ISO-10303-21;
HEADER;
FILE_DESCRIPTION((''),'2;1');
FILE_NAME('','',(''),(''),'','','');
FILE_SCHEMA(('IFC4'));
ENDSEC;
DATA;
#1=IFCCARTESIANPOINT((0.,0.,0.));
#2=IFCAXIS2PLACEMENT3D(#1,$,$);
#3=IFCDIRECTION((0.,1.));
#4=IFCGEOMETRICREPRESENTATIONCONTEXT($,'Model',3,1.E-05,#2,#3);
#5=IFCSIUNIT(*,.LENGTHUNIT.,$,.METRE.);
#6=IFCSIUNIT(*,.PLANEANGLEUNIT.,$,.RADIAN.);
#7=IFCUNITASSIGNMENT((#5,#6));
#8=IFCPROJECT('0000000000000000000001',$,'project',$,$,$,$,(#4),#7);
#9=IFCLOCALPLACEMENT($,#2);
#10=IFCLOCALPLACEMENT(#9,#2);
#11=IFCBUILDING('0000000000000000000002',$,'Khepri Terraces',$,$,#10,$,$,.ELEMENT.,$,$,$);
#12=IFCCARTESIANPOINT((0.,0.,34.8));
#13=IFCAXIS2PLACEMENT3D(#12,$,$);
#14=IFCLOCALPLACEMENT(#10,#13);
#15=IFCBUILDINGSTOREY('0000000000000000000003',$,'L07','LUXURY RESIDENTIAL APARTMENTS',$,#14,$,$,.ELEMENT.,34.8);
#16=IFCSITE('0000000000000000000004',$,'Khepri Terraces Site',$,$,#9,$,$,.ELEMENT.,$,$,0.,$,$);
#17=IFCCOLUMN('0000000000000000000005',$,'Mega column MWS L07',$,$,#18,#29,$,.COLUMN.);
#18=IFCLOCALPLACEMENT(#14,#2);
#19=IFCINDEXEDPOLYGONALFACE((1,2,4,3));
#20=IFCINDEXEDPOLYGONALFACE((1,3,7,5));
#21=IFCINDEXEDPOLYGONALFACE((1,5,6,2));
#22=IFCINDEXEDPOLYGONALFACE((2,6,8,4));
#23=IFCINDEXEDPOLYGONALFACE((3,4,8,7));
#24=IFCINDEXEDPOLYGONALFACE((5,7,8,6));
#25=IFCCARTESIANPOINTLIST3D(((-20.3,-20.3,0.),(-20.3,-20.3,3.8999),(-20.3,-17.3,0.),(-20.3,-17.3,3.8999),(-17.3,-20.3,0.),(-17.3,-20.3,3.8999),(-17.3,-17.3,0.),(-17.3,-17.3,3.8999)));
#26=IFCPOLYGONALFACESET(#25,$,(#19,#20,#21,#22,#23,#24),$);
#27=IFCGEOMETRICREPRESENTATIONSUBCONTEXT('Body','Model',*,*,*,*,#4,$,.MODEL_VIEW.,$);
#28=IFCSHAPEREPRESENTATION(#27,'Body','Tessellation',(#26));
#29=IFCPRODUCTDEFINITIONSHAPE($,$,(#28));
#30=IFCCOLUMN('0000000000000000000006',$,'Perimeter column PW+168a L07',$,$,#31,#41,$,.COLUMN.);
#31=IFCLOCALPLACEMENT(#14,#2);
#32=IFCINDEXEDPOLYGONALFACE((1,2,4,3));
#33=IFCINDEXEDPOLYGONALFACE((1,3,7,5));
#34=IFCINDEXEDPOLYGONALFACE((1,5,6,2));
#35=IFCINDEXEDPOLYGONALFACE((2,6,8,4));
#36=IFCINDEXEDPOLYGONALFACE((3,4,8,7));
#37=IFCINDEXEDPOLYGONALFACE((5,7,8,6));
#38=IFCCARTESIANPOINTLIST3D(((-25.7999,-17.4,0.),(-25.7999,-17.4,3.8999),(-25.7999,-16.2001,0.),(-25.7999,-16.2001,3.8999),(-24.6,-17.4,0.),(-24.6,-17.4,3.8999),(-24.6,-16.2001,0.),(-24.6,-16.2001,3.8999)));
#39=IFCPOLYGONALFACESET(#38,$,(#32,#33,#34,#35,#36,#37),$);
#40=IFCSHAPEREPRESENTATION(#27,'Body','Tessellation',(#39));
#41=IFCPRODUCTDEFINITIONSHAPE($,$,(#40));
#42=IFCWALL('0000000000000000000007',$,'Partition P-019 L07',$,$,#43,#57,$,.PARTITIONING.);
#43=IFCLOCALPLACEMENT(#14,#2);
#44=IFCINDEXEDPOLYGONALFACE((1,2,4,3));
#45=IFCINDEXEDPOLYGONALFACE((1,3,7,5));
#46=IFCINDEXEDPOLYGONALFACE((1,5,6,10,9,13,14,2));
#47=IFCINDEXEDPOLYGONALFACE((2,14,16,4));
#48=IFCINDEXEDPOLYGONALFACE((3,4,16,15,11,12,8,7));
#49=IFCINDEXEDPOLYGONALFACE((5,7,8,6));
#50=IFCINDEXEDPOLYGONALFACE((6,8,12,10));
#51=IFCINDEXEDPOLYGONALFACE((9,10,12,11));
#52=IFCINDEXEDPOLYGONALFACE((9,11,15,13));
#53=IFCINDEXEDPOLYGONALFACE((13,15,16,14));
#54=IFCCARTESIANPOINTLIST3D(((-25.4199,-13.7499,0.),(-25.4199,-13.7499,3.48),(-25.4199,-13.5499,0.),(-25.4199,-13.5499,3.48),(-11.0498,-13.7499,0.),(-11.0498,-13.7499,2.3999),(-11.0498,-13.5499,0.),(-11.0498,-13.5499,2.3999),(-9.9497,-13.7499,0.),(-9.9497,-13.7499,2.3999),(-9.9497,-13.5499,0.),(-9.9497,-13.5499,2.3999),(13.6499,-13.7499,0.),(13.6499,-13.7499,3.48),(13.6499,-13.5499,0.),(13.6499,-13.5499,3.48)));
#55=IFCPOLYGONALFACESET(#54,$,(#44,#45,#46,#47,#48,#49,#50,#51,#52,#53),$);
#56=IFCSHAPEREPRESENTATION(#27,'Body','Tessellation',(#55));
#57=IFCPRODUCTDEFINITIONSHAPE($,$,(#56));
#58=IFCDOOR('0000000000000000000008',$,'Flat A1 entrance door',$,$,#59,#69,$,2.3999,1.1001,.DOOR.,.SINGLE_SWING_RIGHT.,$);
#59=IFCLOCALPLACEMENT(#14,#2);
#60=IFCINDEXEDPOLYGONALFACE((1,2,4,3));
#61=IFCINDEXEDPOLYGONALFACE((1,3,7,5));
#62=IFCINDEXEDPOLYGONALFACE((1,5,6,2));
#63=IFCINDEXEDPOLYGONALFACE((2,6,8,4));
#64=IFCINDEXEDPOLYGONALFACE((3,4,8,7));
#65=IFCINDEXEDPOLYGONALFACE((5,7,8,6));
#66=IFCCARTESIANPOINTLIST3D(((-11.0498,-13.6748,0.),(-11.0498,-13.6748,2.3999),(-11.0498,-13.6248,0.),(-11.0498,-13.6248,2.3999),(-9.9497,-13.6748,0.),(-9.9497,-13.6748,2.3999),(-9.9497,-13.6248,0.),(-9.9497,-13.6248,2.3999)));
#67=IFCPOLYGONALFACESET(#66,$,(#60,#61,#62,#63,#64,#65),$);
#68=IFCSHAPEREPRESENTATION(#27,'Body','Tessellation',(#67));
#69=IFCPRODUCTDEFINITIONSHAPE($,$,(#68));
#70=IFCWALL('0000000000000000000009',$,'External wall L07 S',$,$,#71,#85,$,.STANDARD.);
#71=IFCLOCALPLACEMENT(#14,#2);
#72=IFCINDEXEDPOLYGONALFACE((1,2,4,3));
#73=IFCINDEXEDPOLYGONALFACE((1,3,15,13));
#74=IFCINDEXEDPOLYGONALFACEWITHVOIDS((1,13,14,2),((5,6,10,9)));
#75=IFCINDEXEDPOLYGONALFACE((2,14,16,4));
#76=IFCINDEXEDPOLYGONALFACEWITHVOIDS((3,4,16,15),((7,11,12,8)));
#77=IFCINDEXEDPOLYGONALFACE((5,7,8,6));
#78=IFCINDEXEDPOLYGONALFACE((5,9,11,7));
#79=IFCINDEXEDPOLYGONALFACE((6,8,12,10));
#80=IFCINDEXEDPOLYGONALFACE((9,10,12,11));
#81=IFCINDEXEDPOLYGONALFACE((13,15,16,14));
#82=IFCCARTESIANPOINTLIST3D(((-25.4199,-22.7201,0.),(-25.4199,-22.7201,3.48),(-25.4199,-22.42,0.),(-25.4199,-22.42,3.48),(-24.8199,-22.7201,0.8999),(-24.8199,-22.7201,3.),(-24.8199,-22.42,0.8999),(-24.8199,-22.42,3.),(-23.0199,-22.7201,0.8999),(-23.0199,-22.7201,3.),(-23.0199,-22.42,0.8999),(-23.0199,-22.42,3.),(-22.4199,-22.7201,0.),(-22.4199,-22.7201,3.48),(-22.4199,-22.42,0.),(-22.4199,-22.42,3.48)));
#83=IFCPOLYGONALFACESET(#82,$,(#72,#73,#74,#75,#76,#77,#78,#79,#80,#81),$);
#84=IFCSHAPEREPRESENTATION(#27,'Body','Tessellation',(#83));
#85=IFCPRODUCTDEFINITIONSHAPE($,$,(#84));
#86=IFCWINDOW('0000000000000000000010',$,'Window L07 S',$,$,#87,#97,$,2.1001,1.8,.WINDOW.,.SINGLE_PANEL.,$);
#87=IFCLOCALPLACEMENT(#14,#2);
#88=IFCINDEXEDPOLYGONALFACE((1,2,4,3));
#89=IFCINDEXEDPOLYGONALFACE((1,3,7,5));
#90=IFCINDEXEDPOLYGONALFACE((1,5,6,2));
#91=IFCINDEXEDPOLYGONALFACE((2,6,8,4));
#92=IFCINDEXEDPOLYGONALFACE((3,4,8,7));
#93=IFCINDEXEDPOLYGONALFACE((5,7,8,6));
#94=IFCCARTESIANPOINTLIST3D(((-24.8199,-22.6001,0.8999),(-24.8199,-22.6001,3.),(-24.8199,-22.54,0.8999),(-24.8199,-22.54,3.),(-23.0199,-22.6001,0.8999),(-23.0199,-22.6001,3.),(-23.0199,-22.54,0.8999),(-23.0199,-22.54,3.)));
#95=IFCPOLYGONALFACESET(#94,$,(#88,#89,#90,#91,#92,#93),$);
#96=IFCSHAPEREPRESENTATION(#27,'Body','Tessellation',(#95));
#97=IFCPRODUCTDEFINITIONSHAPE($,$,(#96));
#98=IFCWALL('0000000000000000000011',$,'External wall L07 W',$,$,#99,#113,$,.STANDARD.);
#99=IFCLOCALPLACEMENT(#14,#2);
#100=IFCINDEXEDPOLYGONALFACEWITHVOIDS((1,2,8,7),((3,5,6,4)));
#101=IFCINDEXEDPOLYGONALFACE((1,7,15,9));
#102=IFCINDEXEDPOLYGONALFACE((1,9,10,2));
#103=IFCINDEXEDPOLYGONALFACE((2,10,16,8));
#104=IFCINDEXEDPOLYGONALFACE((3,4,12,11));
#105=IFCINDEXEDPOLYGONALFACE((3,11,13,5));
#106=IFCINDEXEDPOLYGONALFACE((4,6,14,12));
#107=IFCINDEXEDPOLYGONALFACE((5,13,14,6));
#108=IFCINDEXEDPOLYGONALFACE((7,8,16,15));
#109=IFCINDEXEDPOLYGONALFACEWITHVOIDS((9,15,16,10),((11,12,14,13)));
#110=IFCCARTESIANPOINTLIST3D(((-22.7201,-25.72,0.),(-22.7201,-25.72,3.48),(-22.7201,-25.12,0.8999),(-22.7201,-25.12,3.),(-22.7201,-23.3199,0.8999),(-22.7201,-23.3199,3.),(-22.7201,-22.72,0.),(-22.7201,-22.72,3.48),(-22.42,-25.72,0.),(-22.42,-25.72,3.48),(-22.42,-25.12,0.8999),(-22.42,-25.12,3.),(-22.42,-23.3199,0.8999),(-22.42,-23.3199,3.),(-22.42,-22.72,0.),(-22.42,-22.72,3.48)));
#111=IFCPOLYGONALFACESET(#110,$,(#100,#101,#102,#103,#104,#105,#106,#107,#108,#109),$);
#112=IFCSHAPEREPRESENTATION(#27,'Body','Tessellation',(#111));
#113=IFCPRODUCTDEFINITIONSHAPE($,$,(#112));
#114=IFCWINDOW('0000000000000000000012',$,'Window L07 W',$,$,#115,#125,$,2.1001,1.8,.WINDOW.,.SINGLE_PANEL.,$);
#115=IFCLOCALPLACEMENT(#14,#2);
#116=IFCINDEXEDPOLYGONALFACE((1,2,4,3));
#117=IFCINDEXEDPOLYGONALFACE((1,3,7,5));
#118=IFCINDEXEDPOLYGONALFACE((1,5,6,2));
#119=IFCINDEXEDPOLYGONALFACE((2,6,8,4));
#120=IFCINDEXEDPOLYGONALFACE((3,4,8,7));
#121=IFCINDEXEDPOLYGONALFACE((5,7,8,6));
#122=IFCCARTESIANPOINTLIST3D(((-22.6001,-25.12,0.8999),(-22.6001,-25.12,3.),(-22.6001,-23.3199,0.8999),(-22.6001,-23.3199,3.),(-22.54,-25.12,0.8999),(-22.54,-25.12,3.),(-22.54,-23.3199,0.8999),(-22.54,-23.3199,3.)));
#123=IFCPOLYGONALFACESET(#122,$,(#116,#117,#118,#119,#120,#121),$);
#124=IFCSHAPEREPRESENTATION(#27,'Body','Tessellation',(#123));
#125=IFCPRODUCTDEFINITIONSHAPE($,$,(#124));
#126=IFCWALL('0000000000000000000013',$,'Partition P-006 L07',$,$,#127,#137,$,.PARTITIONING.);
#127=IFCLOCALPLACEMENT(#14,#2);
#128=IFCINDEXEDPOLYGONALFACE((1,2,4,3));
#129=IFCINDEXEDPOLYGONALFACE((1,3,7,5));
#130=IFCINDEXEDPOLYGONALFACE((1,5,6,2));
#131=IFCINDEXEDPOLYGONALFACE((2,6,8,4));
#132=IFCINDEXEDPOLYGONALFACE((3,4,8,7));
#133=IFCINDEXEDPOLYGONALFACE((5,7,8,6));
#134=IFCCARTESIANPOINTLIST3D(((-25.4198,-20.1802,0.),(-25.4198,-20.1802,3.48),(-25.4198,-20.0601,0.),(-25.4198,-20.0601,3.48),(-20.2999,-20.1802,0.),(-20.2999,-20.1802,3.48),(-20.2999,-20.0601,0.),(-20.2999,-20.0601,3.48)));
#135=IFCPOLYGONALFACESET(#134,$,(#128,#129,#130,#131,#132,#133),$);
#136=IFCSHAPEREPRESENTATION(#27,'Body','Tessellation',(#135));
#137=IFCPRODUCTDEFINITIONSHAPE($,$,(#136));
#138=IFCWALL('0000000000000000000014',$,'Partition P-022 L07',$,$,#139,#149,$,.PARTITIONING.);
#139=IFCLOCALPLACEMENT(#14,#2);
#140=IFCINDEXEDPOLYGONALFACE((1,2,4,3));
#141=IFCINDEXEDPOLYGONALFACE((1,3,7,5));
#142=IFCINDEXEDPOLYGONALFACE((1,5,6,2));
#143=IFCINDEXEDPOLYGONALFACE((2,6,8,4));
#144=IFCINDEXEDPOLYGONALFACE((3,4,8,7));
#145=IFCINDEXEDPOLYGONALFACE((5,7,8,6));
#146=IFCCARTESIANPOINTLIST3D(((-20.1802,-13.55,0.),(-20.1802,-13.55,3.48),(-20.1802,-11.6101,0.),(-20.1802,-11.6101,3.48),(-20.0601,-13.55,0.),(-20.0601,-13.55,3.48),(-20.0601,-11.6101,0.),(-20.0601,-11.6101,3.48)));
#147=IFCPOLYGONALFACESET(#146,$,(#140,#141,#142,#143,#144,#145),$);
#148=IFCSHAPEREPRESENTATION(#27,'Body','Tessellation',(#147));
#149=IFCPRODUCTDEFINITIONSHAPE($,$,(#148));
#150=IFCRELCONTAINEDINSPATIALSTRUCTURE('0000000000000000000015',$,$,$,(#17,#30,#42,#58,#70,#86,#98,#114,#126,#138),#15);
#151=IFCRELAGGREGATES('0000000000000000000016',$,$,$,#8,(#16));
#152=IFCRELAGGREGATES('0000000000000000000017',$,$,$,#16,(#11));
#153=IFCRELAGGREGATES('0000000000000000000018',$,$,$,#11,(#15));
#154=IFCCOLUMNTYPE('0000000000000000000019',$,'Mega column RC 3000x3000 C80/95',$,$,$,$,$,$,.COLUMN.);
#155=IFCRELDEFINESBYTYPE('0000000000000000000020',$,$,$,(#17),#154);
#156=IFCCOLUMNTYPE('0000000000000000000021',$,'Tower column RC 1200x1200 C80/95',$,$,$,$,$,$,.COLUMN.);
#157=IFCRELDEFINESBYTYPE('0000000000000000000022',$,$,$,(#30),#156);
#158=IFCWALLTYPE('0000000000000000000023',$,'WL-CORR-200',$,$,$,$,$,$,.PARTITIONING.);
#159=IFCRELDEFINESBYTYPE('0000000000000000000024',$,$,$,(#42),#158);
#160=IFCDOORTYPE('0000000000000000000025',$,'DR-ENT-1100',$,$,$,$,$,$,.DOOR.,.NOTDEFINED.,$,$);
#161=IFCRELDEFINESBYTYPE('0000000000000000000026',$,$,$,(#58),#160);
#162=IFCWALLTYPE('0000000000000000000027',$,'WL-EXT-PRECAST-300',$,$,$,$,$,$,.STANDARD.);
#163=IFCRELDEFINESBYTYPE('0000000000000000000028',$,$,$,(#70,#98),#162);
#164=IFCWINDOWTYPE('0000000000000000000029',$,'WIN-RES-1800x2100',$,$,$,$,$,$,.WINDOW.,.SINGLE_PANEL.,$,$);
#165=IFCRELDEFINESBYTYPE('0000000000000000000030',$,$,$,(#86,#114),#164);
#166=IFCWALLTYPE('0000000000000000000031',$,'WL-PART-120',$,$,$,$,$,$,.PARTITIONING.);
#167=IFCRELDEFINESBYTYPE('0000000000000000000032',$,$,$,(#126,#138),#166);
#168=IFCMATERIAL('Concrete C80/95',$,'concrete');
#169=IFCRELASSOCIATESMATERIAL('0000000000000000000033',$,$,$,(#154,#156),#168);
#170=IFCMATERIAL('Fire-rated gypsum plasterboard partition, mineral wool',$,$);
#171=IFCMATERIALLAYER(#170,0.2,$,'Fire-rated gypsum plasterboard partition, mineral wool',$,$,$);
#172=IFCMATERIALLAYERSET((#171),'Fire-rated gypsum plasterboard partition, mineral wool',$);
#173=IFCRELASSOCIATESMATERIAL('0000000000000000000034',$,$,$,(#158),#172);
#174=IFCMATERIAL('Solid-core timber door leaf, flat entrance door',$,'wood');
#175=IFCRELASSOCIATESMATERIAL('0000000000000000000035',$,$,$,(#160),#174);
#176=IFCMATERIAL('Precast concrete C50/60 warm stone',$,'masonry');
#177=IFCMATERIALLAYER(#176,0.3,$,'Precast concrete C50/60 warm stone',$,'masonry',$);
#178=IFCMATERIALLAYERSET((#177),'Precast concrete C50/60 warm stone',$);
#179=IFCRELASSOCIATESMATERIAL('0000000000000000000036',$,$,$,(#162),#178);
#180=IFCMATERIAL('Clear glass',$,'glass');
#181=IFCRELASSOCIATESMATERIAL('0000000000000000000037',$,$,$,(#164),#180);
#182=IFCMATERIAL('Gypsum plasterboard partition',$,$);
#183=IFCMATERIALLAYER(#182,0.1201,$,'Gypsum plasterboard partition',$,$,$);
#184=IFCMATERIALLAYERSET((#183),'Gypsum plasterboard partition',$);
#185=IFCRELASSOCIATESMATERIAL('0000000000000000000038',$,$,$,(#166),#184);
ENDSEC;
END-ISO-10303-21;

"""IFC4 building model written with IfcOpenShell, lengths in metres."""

from ifc_helpers import new_model, si_unit, direction, frame, frame_2d, origin, origin_2d, place, context, subcontext, project, spatial, rectangle, extrude, material, layer, layer_set, material_profile, profile_set, type_object, element, fill, save


model = new_model("IFC4")

# Units and contexts
model_context = context("Model", 3, precision=1e-05, world=origin(), true_north=direction((0.0, 1.0)))
body_context = subcontext(model_context, "Body", "Model", "MODEL_VIEW")
ifc_project = project(units=[si_unit("LENGTHUNIT", "METRE"), si_unit("PLANEANGLEUNIT", "RADIAN")], contexts=[model_context])

# Site, building, storey
site_placement = place(None, origin())
site = spatial("IfcSite", under=ifc_project, at=site_placement, Name="Khepri Terraces Site", CompositionType="ELEMENT", RefElevation=0.0)
building_placement = place(site_placement, origin())
building = spatial("IfcBuilding", under=site, at=building_placement, Name="Khepri Terraces", CompositionType="ELEMENT")
storey_placement = place(building_placement, frame((0.0, 0.0, 34.8)))
storey = spatial("IfcBuildingStorey", under=building, at=storey_placement, Name="L07", Description="LUXURY RESIDENTIAL APARTMENTS", CompositionType="ELEMENT", Elevation=34.8)

# Columns
ifc_material_1 = material(Name="Concrete C80/95", Category="concrete")
ifc_material_profile_1 = material_profile(ifc_material_1, rectangle(XDim=3.0, YDim=3.0, at=origin_2d()), Name="Concrete C80/95", Category="concrete")
ifc_profile_set_1 = profile_set([ifc_material_profile_1], Name="Concrete C80/95")
column_type_1 = type_object("IfcColumnType", Name="Mega column RC 3000x3000 C80/95", PredefinedType="COLUMN", material=ifc_profile_set_1)
column_1_placement = place(storey_placement, frame((-18.8, -18.8, 0.0), z_axis=(0.0, 0.0, 1.0), x_axis=(1.0, 0.0, 0.0)))
element("IfcColumn", 1, at=column_1_placement, inside=storey, type_object=column_type_1, Name="Mega column MWS L07", PredefinedType="COLUMN", context=body_context, shape_type="SweptSolid", body=[
    extrude(rectangle(XDim=3.0, YDim=3.0, at=origin_2d()), origin(), (0.0, 0.0, 1.0), 3.8999),
])
ifc_material_profile_2 = material_profile(ifc_material_1, rectangle(XDim=1.2, YDim=1.2, at=origin_2d()), Name="Concrete C80/95", Category="concrete")
ifc_profile_set_2 = profile_set([ifc_material_profile_2], Name="Concrete C80/95")
column_type_2 = type_object("IfcColumnType", Name="Tower column RC 1200x1200 C80/95", PredefinedType="COLUMN", material=ifc_profile_set_2)
column_2_placement = place(storey_placement, frame((-25.2, -16.8, 0.0), z_axis=(0.0, 0.0, 1.0), x_axis=(1.0, 0.0, 0.0)))
element("IfcColumn", 2, at=column_2_placement, inside=storey, type_object=column_type_2, Name="Perimeter column PW+168a L07", PredefinedType="COLUMN", context=body_context, shape_type="SweptSolid", body=[
    extrude(rectangle(XDim=1.2, YDim=1.2, at=origin_2d()), origin(), (0.0, 0.0, 1.0), 3.8999),
])

# Wall, opening, door
ifc_material_2 = material(Name="Fire-rated gypsum plasterboard partition, mineral wool")
ifc_layer_1 = layer(ifc_material_2, 0.2, Name="Fire-rated gypsum plasterboard partition, mineral wool")
ifc_layer_set_1 = layer_set([ifc_layer_1], Name="Fire-rated gypsum plasterboard partition, mineral wool")
wall_type_1 = type_object("IfcWallType", Name="WL-CORR-200", PredefinedType="PARTITIONING", material=ifc_layer_set_1)
wall_1_placement = place(storey_placement, frame((-25.4199, -13.6499, 0.0), z_axis=(0.0, 0.0, 1.0), x_axis=(1.0, 0.0, 0.0)))
wall_1 = element("IfcWall", 3, at=wall_1_placement, inside=storey, type_object=wall_type_1, Name="Partition P-019 L07", PredefinedType="PARTITIONING", context=body_context, shape_type="SweptSolid", body=[
    extrude(rectangle(XDim=39.0698, YDim=0.2, at=frame_2d((19.5349, 0.0))), origin(), (0.0, 0.0, 1.0), 3.48),
])
opening_1_placement = place(wall_1_placement, frame((14.3701, 0.0, 0.0)))
opening_1 = element("IfcOpeningElement", 4, at=opening_1_placement, cuts=wall_1, PredefinedType="OPENING", context=body_context, shape_type="SweptSolid", body=[
    extrude(rectangle(XDim=1.1001, YDim=2.3999, at=frame_2d((0.55, 1.2))), frame((0.0, 0.1099, 0.0), z_axis=(0.0, -1.0, 0.0), x_axis=(1.0, 0.0, 0.0)), (0.0, 0.0, 1.0), 0.22),
])
ifc_material_3 = material(Name="Solid-core timber door leaf, flat entrance door", Category="wood")
door_type_1 = type_object("IfcDoorType", Name="DR-ENT-1100", OperationType="NOTDEFINED", PredefinedType="DOOR", material=ifc_material_3)
door_1_placement = place(opening_1_placement, frame((1.1001, 0.0, 0.0), z_axis=(0.0, 0.0, 1.0), x_axis=(-1.0, 0.0, 0.0)))
door_1 = element("IfcDoor", 5, at=door_1_placement, inside=storey, type_object=door_type_1, Name="Flat A1 entrance door", OperationType="SINGLE_SWING_RIGHT", OverallHeight=2.3999, OverallWidth=1.1001, PredefinedType="DOOR", context=body_context, shape_type="SweptSolid", body=[
    extrude(rectangle(XDim=1.1001, YDim=2.3999, at=frame_2d((0.55, 1.2))), frame((0.0, 0.0249, 0.0), z_axis=(0.0, -1.0, 0.0), x_axis=(1.0, 0.0, 0.0)), (0.0, 0.0, 1.0), 0.05),
])
fill(opening_1, door_1)

# Shared definitions
ifc_material_4 = material(Name="Precast concrete C50/60 warm stone", Category="masonry")
ifc_layer_2 = layer(ifc_material_4, 0.3, Name="Precast concrete C50/60 warm stone", Category="masonry")
ifc_layer_set_2 = layer_set([ifc_layer_2], Name="Precast concrete C50/60 warm stone")
wall_type_2 = type_object("IfcWallType", Name="WL-EXT-PRECAST-300", PredefinedType="STANDARD", material=ifc_layer_set_2)
ifc_material_5 = material(Name="Clear glass", Category="glass")
window_type = type_object("IfcWindowType", Name="WIN-RES-1800x2100", PartitioningType="SINGLE_PANEL", PredefinedType="WINDOW", material=ifc_material_5)

# Walls, openings, windows
wall_2_placement = place(storey_placement, frame((-25.4199, -22.5701, 0.0), z_axis=(0.0, 0.0, 1.0), x_axis=(1.0, 0.0, 0.0)))
wall_2 = element("IfcWall", 6, at=wall_2_placement, inside=storey, type_object=wall_type_2, Name="External wall L07 S", PredefinedType="STANDARD", context=body_context, shape_type="SweptSolid", body=[
    extrude(rectangle(XDim=3.0, YDim=0.3, at=frame_2d((1.5, 0.0))), origin(), (0.0, 0.0, 1.0), 3.48),
])
opening_2_placement = place(wall_2_placement, frame((0.6001, 0.0, 0.8999)))
opening_2 = element("IfcOpeningElement", 7, at=opening_2_placement, cuts=wall_2, PredefinedType="OPENING", context=body_context, shape_type="SweptSolid", body=[
    extrude(rectangle(XDim=1.8, YDim=2.1001, at=frame_2d((0.8999, 1.05))), frame((0.0, 0.1602, 0.0), z_axis=(0.0, -1.0, 0.0), x_axis=(1.0, 0.0, 0.0)), (0.0, 0.0, 1.0), 0.3201),
])
window_1_placement = place(opening_2_placement, origin())
window_1 = element("IfcWindow", 8, at=window_1_placement, inside=storey, type_object=window_type, Name="Window L07 S", OverallHeight=2.1001, OverallWidth=1.8, PartitioningType="SINGLE_PANEL", PredefinedType="WINDOW", context=body_context, shape_type="SweptSolid", body=[
    extrude(rectangle(XDim=1.8, YDim=2.1001, at=frame_2d((0.8999, 1.05))), frame((0.0, 0.03, 0.0), z_axis=(0.0, -1.0, 0.0), x_axis=(1.0, 0.0, 0.0)), (0.0, 0.0, 1.0), 0.0601),
])
fill(opening_2, window_1)
wall_3_placement = place(storey_placement, frame((-22.5701, -22.72, 0.0), z_axis=(0.0, 0.0, 1.0), x_axis=(0.0, -1.0, 0.0)))
wall_3 = element("IfcWall", 9, at=wall_3_placement, inside=storey, type_object=wall_type_2, Name="External wall L07 W", PredefinedType="STANDARD", context=body_context, shape_type="SweptSolid", body=[
    extrude(rectangle(XDim=3.0, YDim=0.3, at=frame_2d((1.5, 0.0))), origin(), (0.0, 0.0, 1.0), 3.48),
])
opening_3_placement = place(wall_3_placement, frame((0.6001, 0.0, 0.8999)))
opening_3 = element("IfcOpeningElement", 10, at=opening_3_placement, cuts=wall_3, PredefinedType="OPENING", context=body_context, shape_type="SweptSolid", body=[
    extrude(rectangle(XDim=1.8, YDim=2.1001, at=frame_2d((0.8999, 1.05))), frame((0.0, 0.1602, 0.0), z_axis=(0.0, -1.0, 0.0), x_axis=(1.0, 0.0, 0.0)), (0.0, 0.0, 1.0), 0.3201),
])
window_2_placement = place(opening_3_placement, origin())
window_2 = element("IfcWindow", 11, at=window_2_placement, inside=storey, type_object=window_type, Name="Window L07 W", OverallHeight=2.1001, OverallWidth=1.8, PartitioningType="SINGLE_PANEL", PredefinedType="WINDOW", context=body_context, shape_type="SweptSolid", body=[
    extrude(rectangle(XDim=1.8, YDim=2.1001, at=frame_2d((0.8999, 1.05))), frame((0.0, 0.03, 0.0), z_axis=(0.0, -1.0, 0.0), x_axis=(1.0, 0.0, 0.0)), (0.0, 0.0, 1.0), 0.0601),
])
fill(opening_3, window_2)

# Walls
ifc_material_6 = material(Name="Gypsum plasterboard partition")
ifc_layer_3 = layer(ifc_material_6, 0.1201, Name="Gypsum plasterboard partition")
ifc_layer_set_3 = layer_set([ifc_layer_3], Name="Gypsum plasterboard partition")
wall_type_3 = type_object("IfcWallType", Name="WL-PART-120", PredefinedType="PARTITIONING", material=ifc_layer_set_3)
wall_4_placement = place(storey_placement, frame((-25.4199, -20.1201, 0.0), z_axis=(0.0, 0.0, 1.0), x_axis=(1.0, 0.0, 0.0)))
element("IfcWall", 12, at=wall_4_placement, inside=storey, type_object=wall_type_3, Name="Partition P-006 L07", PredefinedType="PARTITIONING", context=body_context, shape_type="SweptSolid", body=[
    extrude(rectangle(XDim=5.1199, YDim=0.1201, at=frame_2d((2.5601, 0.0))), origin(), (0.0, 0.0, 1.0), 3.48),
])
wall_5_placement = place(storey_placement, frame((-20.1201, -13.55, 0.0), z_axis=(0.0, 0.0, 1.0), x_axis=(0.0, 1.0, 0.0)))
element("IfcWall", 13, at=wall_5_placement, inside=storey, type_object=wall_type_3, Name="Partition P-022 L07", PredefinedType="PARTITIONING", context=body_context, shape_type="SweptSolid", body=[
    extrude(rectangle(XDim=1.9399, YDim=0.1201, at=frame_2d((0.97, 0.0))), origin(), (0.0, 0.0, 1.0), 3.48),
])

save(model, "model.ifc")
